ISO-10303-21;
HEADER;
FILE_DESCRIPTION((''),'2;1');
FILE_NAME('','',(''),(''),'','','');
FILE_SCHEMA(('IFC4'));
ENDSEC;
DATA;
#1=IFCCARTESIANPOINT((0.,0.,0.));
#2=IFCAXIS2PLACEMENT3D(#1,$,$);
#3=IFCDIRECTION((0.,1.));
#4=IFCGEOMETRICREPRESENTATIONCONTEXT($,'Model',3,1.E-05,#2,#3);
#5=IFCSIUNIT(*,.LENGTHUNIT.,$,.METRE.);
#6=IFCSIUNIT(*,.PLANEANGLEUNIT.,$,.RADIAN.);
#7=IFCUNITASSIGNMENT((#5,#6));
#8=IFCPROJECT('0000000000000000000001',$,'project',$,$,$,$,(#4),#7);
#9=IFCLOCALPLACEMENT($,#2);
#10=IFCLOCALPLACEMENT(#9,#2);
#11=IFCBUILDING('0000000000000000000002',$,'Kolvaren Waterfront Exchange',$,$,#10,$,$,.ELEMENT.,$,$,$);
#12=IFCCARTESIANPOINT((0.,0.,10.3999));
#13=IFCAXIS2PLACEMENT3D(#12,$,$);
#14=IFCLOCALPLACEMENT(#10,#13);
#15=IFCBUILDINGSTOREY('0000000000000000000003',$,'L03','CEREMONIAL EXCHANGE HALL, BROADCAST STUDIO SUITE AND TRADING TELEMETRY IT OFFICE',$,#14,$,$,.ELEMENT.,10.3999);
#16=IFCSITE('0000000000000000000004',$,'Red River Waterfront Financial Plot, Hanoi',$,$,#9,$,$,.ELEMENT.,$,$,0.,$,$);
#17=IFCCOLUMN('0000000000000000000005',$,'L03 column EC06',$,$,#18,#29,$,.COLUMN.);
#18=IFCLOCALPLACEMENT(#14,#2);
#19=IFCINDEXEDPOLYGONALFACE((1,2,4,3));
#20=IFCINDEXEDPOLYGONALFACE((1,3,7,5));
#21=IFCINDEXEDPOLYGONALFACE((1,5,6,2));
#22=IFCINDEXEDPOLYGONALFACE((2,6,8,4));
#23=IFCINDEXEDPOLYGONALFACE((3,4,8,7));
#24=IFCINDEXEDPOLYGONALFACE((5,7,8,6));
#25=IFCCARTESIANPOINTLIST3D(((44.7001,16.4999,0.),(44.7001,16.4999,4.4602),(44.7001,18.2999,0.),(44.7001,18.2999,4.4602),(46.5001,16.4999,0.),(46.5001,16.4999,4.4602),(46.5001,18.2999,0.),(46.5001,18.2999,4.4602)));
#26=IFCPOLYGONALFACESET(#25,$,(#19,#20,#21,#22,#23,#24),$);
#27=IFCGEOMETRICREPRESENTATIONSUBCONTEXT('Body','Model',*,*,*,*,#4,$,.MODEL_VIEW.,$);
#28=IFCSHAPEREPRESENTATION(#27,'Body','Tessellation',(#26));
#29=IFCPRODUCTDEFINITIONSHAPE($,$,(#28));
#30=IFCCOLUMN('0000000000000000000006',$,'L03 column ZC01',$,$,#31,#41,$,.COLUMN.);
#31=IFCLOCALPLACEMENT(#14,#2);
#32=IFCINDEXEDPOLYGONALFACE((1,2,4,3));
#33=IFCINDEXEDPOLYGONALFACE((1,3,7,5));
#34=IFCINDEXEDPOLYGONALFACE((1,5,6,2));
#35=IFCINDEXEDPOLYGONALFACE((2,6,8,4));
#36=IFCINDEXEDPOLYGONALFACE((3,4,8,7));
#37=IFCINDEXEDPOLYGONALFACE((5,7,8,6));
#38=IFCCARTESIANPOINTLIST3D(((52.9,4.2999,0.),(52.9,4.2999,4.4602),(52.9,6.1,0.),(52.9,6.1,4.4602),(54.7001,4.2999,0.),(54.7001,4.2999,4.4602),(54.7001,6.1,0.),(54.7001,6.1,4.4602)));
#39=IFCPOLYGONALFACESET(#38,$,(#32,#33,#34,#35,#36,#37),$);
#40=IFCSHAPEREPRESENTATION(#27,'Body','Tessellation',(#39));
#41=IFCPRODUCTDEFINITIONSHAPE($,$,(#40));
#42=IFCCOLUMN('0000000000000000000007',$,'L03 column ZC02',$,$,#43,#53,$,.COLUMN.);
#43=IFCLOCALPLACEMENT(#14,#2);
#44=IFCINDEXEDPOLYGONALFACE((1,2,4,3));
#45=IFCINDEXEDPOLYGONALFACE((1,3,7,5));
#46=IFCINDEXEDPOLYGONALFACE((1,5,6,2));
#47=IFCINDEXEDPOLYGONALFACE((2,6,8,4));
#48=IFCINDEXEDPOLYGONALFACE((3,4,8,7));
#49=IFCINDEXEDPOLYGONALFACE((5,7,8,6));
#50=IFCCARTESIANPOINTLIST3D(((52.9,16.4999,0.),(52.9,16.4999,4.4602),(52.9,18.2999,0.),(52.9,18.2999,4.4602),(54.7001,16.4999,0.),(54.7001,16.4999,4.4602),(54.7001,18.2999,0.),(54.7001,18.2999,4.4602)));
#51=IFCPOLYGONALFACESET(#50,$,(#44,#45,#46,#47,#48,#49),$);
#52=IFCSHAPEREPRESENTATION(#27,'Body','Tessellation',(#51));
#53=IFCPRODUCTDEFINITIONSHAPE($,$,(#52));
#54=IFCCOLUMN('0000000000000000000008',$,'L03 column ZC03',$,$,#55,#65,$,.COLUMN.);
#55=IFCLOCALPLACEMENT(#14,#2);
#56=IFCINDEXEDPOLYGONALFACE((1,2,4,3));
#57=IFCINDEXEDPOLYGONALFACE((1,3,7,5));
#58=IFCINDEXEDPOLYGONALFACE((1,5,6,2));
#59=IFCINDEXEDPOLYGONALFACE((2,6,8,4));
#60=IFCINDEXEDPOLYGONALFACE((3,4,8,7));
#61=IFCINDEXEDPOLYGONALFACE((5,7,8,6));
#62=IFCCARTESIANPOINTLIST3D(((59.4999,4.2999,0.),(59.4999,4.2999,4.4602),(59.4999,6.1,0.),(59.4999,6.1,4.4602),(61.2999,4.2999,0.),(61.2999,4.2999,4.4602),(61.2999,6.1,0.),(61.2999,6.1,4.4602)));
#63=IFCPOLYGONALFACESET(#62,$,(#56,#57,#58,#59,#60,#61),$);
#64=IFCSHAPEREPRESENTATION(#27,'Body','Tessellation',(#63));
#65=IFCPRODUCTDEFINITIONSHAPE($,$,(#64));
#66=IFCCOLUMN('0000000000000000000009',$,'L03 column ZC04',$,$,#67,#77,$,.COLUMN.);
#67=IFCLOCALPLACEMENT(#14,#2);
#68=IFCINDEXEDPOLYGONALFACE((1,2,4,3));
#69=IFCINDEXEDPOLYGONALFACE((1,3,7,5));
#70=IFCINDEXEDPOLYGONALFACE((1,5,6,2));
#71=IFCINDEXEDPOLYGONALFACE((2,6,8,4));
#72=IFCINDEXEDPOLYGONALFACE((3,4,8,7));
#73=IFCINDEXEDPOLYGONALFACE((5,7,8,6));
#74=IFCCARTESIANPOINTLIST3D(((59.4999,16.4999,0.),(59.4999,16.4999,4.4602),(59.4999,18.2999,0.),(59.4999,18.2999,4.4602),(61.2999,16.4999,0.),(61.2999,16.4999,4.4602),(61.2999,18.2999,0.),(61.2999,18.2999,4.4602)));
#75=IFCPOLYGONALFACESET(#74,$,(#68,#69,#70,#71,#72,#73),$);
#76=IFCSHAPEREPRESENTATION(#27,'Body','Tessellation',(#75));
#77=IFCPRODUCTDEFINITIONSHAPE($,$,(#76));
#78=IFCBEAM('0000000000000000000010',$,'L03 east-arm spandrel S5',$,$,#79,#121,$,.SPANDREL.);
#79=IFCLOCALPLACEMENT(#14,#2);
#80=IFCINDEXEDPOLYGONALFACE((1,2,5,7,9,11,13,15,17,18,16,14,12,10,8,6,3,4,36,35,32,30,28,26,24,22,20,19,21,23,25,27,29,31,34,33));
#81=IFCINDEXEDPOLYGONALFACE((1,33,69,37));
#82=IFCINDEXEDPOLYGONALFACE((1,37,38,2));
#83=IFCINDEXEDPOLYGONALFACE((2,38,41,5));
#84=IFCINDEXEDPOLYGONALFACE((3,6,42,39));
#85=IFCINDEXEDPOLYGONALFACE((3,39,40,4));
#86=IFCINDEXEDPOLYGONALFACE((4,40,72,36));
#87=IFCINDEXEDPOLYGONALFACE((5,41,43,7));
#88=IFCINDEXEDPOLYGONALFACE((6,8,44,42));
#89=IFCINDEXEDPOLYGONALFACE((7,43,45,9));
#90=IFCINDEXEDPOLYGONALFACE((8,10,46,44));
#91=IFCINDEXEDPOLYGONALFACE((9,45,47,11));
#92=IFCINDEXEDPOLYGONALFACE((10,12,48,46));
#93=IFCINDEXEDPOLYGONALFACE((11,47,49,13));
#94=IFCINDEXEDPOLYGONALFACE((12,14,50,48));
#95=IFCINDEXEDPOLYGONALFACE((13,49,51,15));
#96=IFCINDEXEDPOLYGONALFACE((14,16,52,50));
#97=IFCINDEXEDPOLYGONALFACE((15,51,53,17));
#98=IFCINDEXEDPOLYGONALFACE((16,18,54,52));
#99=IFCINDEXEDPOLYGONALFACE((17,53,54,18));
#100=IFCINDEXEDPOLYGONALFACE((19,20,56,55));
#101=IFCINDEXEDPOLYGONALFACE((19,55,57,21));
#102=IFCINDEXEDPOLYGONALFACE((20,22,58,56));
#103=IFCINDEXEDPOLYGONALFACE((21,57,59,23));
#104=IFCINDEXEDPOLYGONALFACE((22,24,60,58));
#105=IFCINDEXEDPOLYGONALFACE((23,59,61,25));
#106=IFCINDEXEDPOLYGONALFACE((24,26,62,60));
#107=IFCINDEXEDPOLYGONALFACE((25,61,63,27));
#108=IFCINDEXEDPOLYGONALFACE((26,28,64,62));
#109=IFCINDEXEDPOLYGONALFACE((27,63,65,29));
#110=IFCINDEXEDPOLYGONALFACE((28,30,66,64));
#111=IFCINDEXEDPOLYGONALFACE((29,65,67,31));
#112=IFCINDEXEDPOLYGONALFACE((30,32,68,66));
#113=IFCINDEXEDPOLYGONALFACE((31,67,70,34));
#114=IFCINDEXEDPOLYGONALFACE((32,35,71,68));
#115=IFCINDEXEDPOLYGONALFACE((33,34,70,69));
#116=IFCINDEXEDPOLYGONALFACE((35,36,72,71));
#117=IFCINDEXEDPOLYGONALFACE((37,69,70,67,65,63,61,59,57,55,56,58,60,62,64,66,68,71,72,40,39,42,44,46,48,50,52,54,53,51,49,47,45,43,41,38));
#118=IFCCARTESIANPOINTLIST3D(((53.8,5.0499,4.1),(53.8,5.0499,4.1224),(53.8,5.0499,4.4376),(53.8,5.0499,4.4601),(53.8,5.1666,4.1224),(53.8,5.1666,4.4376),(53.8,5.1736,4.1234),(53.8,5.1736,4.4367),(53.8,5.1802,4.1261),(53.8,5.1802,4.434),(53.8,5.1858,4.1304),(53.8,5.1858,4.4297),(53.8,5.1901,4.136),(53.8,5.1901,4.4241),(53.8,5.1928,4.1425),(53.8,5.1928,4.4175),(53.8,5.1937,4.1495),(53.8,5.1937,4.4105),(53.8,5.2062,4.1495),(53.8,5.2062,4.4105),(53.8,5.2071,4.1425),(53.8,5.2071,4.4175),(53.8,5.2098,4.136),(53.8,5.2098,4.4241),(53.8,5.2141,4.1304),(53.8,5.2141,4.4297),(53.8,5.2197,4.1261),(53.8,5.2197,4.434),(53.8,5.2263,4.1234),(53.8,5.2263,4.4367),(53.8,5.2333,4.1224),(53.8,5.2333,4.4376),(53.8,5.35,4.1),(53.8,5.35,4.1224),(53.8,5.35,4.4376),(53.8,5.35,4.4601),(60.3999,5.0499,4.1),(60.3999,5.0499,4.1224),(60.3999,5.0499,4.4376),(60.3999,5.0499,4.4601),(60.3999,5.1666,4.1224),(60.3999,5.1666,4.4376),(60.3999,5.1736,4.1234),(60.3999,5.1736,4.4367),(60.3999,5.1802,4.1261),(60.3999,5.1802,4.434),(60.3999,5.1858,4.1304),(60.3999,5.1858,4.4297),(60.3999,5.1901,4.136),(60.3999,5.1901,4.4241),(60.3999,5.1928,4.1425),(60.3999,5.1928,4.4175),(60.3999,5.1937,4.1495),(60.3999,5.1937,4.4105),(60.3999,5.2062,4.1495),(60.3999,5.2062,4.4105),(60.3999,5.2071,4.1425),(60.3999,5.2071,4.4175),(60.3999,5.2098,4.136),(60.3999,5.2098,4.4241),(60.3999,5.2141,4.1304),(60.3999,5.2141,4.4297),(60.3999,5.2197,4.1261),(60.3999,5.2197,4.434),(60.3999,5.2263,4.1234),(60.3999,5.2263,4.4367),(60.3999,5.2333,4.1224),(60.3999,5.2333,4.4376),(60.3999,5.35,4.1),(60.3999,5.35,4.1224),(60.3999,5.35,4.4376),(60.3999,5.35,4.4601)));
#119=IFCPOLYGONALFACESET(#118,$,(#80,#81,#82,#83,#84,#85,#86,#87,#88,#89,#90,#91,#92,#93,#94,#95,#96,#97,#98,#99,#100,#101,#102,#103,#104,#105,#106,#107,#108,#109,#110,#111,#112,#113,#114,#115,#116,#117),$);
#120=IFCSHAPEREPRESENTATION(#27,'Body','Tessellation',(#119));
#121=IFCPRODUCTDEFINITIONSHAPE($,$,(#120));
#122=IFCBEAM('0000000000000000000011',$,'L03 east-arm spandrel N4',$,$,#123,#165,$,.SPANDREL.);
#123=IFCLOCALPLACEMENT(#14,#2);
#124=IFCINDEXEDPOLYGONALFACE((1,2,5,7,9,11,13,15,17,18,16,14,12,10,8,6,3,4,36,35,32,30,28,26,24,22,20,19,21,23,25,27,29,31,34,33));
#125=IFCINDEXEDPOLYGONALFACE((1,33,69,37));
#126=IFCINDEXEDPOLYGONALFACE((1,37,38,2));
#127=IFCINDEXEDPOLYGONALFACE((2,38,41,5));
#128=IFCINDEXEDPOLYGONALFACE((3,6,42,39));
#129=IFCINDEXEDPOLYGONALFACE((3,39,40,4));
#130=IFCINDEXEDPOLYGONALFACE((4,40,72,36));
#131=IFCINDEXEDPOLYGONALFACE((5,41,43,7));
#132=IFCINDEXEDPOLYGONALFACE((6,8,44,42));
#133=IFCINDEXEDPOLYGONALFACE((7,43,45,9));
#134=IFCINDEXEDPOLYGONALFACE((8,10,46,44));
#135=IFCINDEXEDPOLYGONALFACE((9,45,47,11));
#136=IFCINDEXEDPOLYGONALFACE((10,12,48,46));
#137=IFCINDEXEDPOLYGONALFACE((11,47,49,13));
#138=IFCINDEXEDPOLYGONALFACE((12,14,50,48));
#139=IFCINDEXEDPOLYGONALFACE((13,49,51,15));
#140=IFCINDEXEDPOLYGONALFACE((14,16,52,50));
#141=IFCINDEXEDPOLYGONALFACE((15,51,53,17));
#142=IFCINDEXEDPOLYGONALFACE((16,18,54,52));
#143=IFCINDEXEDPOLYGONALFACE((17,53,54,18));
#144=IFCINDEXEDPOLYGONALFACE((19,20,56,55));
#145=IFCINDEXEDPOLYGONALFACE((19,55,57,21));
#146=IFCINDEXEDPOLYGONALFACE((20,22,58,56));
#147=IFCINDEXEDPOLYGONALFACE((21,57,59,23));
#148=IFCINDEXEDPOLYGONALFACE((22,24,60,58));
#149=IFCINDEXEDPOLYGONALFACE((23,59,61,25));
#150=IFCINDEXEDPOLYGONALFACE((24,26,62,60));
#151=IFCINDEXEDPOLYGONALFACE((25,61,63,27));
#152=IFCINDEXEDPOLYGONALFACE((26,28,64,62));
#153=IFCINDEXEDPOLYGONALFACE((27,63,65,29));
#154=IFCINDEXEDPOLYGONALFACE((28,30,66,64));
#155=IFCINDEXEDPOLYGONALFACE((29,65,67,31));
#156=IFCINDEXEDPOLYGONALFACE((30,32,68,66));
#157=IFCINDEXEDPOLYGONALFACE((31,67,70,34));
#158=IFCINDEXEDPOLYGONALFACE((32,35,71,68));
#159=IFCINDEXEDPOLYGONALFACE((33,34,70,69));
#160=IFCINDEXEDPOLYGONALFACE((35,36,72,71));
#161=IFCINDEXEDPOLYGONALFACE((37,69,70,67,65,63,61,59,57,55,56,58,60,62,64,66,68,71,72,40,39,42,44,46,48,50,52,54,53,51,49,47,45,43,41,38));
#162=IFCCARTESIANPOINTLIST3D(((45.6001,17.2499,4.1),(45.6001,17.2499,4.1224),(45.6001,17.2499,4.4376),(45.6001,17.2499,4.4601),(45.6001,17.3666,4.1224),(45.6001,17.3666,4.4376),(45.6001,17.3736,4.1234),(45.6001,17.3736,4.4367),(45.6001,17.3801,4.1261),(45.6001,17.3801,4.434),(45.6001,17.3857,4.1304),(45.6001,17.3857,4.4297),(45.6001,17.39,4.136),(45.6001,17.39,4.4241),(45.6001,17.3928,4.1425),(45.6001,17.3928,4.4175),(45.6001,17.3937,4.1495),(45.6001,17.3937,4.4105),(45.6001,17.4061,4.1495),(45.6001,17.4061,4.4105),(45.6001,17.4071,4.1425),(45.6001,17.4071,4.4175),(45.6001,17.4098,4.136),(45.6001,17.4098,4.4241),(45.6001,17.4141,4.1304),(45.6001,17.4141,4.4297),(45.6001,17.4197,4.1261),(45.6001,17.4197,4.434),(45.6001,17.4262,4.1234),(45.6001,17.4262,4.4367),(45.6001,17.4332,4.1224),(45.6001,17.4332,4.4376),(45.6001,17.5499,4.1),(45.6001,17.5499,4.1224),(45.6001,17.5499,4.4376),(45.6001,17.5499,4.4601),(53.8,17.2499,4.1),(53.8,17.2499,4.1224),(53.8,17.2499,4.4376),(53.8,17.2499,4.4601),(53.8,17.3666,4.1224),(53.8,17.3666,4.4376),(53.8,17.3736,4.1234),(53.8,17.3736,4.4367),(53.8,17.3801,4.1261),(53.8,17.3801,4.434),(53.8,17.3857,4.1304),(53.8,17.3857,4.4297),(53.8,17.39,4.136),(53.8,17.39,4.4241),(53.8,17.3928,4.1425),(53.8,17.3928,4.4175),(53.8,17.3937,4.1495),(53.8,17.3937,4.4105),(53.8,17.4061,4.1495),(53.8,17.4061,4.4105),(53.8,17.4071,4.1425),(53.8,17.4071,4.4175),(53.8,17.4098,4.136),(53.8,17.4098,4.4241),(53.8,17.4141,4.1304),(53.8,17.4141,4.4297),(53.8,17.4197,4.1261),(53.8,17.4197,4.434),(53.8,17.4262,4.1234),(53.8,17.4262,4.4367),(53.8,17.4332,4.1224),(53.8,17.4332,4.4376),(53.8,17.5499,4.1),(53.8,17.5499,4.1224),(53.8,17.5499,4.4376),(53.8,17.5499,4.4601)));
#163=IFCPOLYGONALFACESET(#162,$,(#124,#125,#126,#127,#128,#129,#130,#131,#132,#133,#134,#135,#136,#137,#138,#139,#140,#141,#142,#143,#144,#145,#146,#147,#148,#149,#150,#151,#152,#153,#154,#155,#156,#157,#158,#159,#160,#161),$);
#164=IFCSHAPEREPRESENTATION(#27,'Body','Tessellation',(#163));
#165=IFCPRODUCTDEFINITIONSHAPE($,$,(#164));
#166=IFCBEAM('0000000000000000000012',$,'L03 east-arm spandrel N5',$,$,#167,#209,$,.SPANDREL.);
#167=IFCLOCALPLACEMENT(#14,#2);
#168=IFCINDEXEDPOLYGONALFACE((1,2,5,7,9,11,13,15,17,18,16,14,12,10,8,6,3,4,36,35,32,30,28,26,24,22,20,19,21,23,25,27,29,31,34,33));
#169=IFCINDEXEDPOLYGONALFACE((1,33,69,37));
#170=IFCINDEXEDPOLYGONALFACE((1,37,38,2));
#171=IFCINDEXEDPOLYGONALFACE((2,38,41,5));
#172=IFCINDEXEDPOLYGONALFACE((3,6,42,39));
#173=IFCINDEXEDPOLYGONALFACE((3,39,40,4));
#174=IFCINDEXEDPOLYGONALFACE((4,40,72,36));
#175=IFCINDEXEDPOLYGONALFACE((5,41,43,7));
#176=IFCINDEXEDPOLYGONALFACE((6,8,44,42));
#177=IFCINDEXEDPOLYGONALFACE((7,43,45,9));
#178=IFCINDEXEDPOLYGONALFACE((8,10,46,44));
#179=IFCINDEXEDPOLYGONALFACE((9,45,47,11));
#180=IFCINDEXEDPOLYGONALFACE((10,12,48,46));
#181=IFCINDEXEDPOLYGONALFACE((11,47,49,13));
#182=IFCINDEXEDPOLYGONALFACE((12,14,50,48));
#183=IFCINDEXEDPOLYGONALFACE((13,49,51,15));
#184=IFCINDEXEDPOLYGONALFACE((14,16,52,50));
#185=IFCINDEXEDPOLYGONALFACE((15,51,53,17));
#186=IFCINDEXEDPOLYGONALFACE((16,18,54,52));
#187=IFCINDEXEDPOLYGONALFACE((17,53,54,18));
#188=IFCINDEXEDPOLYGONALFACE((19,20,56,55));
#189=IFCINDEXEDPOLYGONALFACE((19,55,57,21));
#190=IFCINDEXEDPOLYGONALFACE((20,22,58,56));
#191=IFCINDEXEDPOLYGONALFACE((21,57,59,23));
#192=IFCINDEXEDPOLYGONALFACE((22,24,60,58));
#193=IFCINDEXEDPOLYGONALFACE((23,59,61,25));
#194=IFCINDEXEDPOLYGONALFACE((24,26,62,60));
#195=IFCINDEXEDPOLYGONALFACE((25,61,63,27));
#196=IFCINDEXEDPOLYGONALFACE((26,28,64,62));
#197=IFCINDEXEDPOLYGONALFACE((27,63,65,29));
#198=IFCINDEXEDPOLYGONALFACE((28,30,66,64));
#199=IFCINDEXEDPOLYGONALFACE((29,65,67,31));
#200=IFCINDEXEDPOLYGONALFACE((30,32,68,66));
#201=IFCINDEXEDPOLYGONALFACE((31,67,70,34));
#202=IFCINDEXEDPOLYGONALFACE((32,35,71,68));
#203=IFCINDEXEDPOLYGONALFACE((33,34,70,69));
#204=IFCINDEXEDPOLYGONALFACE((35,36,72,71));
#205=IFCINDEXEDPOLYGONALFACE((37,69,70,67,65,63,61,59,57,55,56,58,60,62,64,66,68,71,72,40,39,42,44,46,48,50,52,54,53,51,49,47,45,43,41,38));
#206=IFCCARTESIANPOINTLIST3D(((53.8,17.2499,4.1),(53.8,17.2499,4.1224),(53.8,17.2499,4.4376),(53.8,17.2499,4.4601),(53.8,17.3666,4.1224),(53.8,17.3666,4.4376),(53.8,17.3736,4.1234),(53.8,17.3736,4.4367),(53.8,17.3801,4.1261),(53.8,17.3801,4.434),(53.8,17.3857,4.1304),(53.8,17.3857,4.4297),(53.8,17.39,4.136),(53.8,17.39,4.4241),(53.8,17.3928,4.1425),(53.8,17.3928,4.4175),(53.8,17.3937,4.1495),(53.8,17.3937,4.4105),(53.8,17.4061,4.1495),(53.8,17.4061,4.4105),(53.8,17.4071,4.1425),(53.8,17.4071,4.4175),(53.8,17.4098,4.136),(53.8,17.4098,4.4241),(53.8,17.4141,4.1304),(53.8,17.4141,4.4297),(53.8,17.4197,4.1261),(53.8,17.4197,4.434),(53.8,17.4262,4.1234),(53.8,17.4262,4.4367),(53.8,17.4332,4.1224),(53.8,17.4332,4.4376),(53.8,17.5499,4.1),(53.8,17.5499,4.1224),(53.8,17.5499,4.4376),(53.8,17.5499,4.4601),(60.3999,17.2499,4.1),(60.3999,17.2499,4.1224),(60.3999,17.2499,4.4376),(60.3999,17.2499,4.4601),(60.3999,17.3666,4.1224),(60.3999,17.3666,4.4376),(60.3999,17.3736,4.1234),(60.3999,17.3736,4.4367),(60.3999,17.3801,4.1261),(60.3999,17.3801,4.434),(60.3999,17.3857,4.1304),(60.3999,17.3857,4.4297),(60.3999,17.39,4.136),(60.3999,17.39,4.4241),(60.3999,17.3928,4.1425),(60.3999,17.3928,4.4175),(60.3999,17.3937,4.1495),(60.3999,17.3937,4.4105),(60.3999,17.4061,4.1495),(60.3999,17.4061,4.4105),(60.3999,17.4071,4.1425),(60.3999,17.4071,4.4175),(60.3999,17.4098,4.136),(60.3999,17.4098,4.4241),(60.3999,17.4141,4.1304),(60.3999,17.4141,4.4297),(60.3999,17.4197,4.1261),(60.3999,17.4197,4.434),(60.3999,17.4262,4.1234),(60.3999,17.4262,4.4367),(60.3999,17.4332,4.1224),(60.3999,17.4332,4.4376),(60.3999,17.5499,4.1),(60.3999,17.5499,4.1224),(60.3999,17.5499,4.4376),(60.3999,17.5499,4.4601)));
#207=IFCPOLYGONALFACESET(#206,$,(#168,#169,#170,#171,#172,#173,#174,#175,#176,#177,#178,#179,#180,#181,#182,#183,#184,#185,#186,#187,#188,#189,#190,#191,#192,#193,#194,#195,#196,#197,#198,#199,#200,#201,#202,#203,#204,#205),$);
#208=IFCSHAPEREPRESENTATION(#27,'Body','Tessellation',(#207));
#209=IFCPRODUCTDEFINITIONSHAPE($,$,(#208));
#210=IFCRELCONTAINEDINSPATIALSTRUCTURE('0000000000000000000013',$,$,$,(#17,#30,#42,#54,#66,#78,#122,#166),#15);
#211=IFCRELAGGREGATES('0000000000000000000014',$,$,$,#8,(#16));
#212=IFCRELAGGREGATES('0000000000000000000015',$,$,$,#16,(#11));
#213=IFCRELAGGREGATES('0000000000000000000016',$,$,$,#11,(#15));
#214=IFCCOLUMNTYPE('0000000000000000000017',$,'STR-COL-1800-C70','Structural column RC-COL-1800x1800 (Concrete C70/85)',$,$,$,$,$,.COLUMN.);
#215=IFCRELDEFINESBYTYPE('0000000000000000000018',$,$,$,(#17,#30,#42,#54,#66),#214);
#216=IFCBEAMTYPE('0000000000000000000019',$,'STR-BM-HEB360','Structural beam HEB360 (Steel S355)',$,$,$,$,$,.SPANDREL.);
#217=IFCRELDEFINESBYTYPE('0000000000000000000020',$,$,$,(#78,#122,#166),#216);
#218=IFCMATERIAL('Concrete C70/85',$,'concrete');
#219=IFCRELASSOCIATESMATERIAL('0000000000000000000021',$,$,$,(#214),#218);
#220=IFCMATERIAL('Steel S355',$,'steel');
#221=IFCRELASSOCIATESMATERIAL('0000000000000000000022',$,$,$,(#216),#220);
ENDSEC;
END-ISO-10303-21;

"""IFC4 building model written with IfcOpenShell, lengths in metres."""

from ifc_helpers import new_model, si_unit, direction, frame, origin, origin_2d, place, context, subcontext, project, spatial, rectangle, i_section, extrude, material, material_profile, profile_set, type_object, element, save


model = new_model("IFC4")

# Units and contexts
model_context = context("Model", 3, precision=1e-05, world=origin(), true_north=direction((0.0, 1.0)))
body_context = subcontext(model_context, "Body", "Model", "MODEL_VIEW")
ifc_project = project(units=[si_unit("LENGTHUNIT", "METRE"), si_unit("PLANEANGLEUNIT", "RADIAN")], contexts=[model_context])

# Site, building, storey
site_placement = place(None, origin())
site = spatial("IfcSite", under=ifc_project, at=site_placement, Name="Red River Waterfront Financial Plot, Hanoi", CompositionType="ELEMENT", RefElevation=0.0)
building_placement = place(site_placement, origin())
building = spatial("IfcBuilding", under=site, at=building_placement, Name="Kolvaren Waterfront Exchange", CompositionType="ELEMENT")
storey_placement = place(building_placement, frame((0.0, 0.0, 10.3999)))
storey = spatial("IfcBuildingStorey", under=building, at=storey_placement, Name="L03", Description="CEREMONIAL EXCHANGE HALL, BROADCAST STUDIO SUITE AND TRADING TELEMETRY IT OFFICE", CompositionType="ELEMENT", Elevation=10.3999)

# Columns
ifc_material_1 = material(Name="Concrete C70/85", Category="concrete")
ifc_material_profile_1 = material_profile(ifc_material_1, rectangle(XDim=1.8, YDim=1.8, at=origin_2d()), Name="RC-COL-1800x1800")
ifc_profile_set_1 = profile_set([ifc_material_profile_1], Name="Concrete C70/85")
column_type = type_object("IfcColumnType", Name="STR-COL-1800-C70", Description="Structural column RC-COL-1800x1800 (Concrete C70/85)", PredefinedType="COLUMN", material=ifc_profile_set_1)
for number, where, z_axis, x_axis, name in (
    (1, (45.6001, 17.3999, 0.0), (0.0, 0.0, 1.0), (1.0, 0.0, 0.0), "L03 column EC06"),
    (2, (53.8, 5.2, 0.0), (0.0, 0.0, 1.0), (1.0, 0.0, 0.0), "L03 column ZC01"),
    (3, (53.8, 17.3999, 0.0), (0.0, 0.0, 1.0), (1.0, 0.0, 0.0), "L03 column ZC02"),
    (4, (60.3999, 5.2, 0.0), (0.0, 0.0, 1.0), (1.0, 0.0, 0.0), "L03 column ZC03"),
    (5, (60.3999, 17.3999, 0.0), (0.0, 0.0, 1.0), (1.0, 0.0, 0.0), "L03 column ZC04"),
):
    element("IfcColumn", number, at=place(storey_placement, frame(where, z_axis=z_axis, x_axis=x_axis)), inside=storey, type_object=column_type, Name=name, PredefinedType="COLUMN", context=body_context, shape_type="SweptSolid", body=[
        extrude(rectangle(XDim=1.8, YDim=1.8, at=origin_2d()), origin(), (0.0, 0.0, 1.0), 4.4602),
    ])

# Beams
ifc_material_2 = material(Name="Steel S355", Category="steel")
ifc_material_profile_2 = material_profile(ifc_material_2, i_section(OverallWidth=0.3, OverallDepth=0.3601, WebThickness=0.0125, FlangeThickness=0.0225, FilletRadius=0.0271, at=origin_2d()), Name="HEB360")
ifc_profile_set_2 = profile_set([ifc_material_profile_2], Name="Steel S355")
beam_type_1 = type_object("IfcBeamType", Name="STR-BM-HEB360", Description="Structural beam HEB360 (Steel S355)", PredefinedType="SPANDREL", material=ifc_profile_set_2)
beam_1_placement = place(storey_placement, frame((53.8, 5.2, 4.28), z_axis=(1.0, 0.0, 0.0), x_axis=(0.0, 1.0, 0.0)))
element("IfcBeam", 6, at=beam_1_placement, inside=storey, type_object=beam_type_1, Name="L03 east-arm spandrel S5", PredefinedType="SPANDREL", context=body_context, shape_type="SweptSolid", body=[
    extrude(i_section(OverallWidth=0.3, OverallDepth=0.3601, WebThickness=0.0125, FlangeThickness=0.0225, FilletRadius=0.0271, at=origin_2d()), origin(), (0.0, 0.0, 1.0), 6.5999),
])
beam_2_placement = place(storey_placement, frame((45.6001, 17.3999, 4.28), z_axis=(1.0, 0.0, 0.0), x_axis=(0.0, 1.0, 0.0)))
element("IfcBeam", 7, at=beam_2_placement, inside=storey, type_object=beam_type_1, Name="L03 east-arm spandrel N4", PredefinedType="SPANDREL", context=body_context, shape_type="SweptSolid", body=[
    extrude(i_section(OverallWidth=0.3, OverallDepth=0.3601, WebThickness=0.0125, FlangeThickness=0.0225, FilletRadius=0.0271, at=origin_2d()), origin(), (0.0, 0.0, 1.0), 8.2),
])
beam_3_placement = place(storey_placement, frame((53.8, 17.3999, 4.28), z_axis=(1.0, 0.0, 0.0), x_axis=(0.0, 1.0, 0.0)))
element("IfcBeam", 8, at=beam_3_placement, inside=storey, type_object=beam_type_1, Name="L03 east-arm spandrel N5", PredefinedType="SPANDREL", context=body_context, shape_type="SweptSolid", body=[
    extrude(i_section(OverallWidth=0.3, OverallDepth=0.3601, WebThickness=0.0125, FlangeThickness=0.0225, FilletRadius=0.0271, at=origin_2d()), origin(), (0.0, 0.0, 1.0), 6.5999),
])

save(model, "model.ifc")
